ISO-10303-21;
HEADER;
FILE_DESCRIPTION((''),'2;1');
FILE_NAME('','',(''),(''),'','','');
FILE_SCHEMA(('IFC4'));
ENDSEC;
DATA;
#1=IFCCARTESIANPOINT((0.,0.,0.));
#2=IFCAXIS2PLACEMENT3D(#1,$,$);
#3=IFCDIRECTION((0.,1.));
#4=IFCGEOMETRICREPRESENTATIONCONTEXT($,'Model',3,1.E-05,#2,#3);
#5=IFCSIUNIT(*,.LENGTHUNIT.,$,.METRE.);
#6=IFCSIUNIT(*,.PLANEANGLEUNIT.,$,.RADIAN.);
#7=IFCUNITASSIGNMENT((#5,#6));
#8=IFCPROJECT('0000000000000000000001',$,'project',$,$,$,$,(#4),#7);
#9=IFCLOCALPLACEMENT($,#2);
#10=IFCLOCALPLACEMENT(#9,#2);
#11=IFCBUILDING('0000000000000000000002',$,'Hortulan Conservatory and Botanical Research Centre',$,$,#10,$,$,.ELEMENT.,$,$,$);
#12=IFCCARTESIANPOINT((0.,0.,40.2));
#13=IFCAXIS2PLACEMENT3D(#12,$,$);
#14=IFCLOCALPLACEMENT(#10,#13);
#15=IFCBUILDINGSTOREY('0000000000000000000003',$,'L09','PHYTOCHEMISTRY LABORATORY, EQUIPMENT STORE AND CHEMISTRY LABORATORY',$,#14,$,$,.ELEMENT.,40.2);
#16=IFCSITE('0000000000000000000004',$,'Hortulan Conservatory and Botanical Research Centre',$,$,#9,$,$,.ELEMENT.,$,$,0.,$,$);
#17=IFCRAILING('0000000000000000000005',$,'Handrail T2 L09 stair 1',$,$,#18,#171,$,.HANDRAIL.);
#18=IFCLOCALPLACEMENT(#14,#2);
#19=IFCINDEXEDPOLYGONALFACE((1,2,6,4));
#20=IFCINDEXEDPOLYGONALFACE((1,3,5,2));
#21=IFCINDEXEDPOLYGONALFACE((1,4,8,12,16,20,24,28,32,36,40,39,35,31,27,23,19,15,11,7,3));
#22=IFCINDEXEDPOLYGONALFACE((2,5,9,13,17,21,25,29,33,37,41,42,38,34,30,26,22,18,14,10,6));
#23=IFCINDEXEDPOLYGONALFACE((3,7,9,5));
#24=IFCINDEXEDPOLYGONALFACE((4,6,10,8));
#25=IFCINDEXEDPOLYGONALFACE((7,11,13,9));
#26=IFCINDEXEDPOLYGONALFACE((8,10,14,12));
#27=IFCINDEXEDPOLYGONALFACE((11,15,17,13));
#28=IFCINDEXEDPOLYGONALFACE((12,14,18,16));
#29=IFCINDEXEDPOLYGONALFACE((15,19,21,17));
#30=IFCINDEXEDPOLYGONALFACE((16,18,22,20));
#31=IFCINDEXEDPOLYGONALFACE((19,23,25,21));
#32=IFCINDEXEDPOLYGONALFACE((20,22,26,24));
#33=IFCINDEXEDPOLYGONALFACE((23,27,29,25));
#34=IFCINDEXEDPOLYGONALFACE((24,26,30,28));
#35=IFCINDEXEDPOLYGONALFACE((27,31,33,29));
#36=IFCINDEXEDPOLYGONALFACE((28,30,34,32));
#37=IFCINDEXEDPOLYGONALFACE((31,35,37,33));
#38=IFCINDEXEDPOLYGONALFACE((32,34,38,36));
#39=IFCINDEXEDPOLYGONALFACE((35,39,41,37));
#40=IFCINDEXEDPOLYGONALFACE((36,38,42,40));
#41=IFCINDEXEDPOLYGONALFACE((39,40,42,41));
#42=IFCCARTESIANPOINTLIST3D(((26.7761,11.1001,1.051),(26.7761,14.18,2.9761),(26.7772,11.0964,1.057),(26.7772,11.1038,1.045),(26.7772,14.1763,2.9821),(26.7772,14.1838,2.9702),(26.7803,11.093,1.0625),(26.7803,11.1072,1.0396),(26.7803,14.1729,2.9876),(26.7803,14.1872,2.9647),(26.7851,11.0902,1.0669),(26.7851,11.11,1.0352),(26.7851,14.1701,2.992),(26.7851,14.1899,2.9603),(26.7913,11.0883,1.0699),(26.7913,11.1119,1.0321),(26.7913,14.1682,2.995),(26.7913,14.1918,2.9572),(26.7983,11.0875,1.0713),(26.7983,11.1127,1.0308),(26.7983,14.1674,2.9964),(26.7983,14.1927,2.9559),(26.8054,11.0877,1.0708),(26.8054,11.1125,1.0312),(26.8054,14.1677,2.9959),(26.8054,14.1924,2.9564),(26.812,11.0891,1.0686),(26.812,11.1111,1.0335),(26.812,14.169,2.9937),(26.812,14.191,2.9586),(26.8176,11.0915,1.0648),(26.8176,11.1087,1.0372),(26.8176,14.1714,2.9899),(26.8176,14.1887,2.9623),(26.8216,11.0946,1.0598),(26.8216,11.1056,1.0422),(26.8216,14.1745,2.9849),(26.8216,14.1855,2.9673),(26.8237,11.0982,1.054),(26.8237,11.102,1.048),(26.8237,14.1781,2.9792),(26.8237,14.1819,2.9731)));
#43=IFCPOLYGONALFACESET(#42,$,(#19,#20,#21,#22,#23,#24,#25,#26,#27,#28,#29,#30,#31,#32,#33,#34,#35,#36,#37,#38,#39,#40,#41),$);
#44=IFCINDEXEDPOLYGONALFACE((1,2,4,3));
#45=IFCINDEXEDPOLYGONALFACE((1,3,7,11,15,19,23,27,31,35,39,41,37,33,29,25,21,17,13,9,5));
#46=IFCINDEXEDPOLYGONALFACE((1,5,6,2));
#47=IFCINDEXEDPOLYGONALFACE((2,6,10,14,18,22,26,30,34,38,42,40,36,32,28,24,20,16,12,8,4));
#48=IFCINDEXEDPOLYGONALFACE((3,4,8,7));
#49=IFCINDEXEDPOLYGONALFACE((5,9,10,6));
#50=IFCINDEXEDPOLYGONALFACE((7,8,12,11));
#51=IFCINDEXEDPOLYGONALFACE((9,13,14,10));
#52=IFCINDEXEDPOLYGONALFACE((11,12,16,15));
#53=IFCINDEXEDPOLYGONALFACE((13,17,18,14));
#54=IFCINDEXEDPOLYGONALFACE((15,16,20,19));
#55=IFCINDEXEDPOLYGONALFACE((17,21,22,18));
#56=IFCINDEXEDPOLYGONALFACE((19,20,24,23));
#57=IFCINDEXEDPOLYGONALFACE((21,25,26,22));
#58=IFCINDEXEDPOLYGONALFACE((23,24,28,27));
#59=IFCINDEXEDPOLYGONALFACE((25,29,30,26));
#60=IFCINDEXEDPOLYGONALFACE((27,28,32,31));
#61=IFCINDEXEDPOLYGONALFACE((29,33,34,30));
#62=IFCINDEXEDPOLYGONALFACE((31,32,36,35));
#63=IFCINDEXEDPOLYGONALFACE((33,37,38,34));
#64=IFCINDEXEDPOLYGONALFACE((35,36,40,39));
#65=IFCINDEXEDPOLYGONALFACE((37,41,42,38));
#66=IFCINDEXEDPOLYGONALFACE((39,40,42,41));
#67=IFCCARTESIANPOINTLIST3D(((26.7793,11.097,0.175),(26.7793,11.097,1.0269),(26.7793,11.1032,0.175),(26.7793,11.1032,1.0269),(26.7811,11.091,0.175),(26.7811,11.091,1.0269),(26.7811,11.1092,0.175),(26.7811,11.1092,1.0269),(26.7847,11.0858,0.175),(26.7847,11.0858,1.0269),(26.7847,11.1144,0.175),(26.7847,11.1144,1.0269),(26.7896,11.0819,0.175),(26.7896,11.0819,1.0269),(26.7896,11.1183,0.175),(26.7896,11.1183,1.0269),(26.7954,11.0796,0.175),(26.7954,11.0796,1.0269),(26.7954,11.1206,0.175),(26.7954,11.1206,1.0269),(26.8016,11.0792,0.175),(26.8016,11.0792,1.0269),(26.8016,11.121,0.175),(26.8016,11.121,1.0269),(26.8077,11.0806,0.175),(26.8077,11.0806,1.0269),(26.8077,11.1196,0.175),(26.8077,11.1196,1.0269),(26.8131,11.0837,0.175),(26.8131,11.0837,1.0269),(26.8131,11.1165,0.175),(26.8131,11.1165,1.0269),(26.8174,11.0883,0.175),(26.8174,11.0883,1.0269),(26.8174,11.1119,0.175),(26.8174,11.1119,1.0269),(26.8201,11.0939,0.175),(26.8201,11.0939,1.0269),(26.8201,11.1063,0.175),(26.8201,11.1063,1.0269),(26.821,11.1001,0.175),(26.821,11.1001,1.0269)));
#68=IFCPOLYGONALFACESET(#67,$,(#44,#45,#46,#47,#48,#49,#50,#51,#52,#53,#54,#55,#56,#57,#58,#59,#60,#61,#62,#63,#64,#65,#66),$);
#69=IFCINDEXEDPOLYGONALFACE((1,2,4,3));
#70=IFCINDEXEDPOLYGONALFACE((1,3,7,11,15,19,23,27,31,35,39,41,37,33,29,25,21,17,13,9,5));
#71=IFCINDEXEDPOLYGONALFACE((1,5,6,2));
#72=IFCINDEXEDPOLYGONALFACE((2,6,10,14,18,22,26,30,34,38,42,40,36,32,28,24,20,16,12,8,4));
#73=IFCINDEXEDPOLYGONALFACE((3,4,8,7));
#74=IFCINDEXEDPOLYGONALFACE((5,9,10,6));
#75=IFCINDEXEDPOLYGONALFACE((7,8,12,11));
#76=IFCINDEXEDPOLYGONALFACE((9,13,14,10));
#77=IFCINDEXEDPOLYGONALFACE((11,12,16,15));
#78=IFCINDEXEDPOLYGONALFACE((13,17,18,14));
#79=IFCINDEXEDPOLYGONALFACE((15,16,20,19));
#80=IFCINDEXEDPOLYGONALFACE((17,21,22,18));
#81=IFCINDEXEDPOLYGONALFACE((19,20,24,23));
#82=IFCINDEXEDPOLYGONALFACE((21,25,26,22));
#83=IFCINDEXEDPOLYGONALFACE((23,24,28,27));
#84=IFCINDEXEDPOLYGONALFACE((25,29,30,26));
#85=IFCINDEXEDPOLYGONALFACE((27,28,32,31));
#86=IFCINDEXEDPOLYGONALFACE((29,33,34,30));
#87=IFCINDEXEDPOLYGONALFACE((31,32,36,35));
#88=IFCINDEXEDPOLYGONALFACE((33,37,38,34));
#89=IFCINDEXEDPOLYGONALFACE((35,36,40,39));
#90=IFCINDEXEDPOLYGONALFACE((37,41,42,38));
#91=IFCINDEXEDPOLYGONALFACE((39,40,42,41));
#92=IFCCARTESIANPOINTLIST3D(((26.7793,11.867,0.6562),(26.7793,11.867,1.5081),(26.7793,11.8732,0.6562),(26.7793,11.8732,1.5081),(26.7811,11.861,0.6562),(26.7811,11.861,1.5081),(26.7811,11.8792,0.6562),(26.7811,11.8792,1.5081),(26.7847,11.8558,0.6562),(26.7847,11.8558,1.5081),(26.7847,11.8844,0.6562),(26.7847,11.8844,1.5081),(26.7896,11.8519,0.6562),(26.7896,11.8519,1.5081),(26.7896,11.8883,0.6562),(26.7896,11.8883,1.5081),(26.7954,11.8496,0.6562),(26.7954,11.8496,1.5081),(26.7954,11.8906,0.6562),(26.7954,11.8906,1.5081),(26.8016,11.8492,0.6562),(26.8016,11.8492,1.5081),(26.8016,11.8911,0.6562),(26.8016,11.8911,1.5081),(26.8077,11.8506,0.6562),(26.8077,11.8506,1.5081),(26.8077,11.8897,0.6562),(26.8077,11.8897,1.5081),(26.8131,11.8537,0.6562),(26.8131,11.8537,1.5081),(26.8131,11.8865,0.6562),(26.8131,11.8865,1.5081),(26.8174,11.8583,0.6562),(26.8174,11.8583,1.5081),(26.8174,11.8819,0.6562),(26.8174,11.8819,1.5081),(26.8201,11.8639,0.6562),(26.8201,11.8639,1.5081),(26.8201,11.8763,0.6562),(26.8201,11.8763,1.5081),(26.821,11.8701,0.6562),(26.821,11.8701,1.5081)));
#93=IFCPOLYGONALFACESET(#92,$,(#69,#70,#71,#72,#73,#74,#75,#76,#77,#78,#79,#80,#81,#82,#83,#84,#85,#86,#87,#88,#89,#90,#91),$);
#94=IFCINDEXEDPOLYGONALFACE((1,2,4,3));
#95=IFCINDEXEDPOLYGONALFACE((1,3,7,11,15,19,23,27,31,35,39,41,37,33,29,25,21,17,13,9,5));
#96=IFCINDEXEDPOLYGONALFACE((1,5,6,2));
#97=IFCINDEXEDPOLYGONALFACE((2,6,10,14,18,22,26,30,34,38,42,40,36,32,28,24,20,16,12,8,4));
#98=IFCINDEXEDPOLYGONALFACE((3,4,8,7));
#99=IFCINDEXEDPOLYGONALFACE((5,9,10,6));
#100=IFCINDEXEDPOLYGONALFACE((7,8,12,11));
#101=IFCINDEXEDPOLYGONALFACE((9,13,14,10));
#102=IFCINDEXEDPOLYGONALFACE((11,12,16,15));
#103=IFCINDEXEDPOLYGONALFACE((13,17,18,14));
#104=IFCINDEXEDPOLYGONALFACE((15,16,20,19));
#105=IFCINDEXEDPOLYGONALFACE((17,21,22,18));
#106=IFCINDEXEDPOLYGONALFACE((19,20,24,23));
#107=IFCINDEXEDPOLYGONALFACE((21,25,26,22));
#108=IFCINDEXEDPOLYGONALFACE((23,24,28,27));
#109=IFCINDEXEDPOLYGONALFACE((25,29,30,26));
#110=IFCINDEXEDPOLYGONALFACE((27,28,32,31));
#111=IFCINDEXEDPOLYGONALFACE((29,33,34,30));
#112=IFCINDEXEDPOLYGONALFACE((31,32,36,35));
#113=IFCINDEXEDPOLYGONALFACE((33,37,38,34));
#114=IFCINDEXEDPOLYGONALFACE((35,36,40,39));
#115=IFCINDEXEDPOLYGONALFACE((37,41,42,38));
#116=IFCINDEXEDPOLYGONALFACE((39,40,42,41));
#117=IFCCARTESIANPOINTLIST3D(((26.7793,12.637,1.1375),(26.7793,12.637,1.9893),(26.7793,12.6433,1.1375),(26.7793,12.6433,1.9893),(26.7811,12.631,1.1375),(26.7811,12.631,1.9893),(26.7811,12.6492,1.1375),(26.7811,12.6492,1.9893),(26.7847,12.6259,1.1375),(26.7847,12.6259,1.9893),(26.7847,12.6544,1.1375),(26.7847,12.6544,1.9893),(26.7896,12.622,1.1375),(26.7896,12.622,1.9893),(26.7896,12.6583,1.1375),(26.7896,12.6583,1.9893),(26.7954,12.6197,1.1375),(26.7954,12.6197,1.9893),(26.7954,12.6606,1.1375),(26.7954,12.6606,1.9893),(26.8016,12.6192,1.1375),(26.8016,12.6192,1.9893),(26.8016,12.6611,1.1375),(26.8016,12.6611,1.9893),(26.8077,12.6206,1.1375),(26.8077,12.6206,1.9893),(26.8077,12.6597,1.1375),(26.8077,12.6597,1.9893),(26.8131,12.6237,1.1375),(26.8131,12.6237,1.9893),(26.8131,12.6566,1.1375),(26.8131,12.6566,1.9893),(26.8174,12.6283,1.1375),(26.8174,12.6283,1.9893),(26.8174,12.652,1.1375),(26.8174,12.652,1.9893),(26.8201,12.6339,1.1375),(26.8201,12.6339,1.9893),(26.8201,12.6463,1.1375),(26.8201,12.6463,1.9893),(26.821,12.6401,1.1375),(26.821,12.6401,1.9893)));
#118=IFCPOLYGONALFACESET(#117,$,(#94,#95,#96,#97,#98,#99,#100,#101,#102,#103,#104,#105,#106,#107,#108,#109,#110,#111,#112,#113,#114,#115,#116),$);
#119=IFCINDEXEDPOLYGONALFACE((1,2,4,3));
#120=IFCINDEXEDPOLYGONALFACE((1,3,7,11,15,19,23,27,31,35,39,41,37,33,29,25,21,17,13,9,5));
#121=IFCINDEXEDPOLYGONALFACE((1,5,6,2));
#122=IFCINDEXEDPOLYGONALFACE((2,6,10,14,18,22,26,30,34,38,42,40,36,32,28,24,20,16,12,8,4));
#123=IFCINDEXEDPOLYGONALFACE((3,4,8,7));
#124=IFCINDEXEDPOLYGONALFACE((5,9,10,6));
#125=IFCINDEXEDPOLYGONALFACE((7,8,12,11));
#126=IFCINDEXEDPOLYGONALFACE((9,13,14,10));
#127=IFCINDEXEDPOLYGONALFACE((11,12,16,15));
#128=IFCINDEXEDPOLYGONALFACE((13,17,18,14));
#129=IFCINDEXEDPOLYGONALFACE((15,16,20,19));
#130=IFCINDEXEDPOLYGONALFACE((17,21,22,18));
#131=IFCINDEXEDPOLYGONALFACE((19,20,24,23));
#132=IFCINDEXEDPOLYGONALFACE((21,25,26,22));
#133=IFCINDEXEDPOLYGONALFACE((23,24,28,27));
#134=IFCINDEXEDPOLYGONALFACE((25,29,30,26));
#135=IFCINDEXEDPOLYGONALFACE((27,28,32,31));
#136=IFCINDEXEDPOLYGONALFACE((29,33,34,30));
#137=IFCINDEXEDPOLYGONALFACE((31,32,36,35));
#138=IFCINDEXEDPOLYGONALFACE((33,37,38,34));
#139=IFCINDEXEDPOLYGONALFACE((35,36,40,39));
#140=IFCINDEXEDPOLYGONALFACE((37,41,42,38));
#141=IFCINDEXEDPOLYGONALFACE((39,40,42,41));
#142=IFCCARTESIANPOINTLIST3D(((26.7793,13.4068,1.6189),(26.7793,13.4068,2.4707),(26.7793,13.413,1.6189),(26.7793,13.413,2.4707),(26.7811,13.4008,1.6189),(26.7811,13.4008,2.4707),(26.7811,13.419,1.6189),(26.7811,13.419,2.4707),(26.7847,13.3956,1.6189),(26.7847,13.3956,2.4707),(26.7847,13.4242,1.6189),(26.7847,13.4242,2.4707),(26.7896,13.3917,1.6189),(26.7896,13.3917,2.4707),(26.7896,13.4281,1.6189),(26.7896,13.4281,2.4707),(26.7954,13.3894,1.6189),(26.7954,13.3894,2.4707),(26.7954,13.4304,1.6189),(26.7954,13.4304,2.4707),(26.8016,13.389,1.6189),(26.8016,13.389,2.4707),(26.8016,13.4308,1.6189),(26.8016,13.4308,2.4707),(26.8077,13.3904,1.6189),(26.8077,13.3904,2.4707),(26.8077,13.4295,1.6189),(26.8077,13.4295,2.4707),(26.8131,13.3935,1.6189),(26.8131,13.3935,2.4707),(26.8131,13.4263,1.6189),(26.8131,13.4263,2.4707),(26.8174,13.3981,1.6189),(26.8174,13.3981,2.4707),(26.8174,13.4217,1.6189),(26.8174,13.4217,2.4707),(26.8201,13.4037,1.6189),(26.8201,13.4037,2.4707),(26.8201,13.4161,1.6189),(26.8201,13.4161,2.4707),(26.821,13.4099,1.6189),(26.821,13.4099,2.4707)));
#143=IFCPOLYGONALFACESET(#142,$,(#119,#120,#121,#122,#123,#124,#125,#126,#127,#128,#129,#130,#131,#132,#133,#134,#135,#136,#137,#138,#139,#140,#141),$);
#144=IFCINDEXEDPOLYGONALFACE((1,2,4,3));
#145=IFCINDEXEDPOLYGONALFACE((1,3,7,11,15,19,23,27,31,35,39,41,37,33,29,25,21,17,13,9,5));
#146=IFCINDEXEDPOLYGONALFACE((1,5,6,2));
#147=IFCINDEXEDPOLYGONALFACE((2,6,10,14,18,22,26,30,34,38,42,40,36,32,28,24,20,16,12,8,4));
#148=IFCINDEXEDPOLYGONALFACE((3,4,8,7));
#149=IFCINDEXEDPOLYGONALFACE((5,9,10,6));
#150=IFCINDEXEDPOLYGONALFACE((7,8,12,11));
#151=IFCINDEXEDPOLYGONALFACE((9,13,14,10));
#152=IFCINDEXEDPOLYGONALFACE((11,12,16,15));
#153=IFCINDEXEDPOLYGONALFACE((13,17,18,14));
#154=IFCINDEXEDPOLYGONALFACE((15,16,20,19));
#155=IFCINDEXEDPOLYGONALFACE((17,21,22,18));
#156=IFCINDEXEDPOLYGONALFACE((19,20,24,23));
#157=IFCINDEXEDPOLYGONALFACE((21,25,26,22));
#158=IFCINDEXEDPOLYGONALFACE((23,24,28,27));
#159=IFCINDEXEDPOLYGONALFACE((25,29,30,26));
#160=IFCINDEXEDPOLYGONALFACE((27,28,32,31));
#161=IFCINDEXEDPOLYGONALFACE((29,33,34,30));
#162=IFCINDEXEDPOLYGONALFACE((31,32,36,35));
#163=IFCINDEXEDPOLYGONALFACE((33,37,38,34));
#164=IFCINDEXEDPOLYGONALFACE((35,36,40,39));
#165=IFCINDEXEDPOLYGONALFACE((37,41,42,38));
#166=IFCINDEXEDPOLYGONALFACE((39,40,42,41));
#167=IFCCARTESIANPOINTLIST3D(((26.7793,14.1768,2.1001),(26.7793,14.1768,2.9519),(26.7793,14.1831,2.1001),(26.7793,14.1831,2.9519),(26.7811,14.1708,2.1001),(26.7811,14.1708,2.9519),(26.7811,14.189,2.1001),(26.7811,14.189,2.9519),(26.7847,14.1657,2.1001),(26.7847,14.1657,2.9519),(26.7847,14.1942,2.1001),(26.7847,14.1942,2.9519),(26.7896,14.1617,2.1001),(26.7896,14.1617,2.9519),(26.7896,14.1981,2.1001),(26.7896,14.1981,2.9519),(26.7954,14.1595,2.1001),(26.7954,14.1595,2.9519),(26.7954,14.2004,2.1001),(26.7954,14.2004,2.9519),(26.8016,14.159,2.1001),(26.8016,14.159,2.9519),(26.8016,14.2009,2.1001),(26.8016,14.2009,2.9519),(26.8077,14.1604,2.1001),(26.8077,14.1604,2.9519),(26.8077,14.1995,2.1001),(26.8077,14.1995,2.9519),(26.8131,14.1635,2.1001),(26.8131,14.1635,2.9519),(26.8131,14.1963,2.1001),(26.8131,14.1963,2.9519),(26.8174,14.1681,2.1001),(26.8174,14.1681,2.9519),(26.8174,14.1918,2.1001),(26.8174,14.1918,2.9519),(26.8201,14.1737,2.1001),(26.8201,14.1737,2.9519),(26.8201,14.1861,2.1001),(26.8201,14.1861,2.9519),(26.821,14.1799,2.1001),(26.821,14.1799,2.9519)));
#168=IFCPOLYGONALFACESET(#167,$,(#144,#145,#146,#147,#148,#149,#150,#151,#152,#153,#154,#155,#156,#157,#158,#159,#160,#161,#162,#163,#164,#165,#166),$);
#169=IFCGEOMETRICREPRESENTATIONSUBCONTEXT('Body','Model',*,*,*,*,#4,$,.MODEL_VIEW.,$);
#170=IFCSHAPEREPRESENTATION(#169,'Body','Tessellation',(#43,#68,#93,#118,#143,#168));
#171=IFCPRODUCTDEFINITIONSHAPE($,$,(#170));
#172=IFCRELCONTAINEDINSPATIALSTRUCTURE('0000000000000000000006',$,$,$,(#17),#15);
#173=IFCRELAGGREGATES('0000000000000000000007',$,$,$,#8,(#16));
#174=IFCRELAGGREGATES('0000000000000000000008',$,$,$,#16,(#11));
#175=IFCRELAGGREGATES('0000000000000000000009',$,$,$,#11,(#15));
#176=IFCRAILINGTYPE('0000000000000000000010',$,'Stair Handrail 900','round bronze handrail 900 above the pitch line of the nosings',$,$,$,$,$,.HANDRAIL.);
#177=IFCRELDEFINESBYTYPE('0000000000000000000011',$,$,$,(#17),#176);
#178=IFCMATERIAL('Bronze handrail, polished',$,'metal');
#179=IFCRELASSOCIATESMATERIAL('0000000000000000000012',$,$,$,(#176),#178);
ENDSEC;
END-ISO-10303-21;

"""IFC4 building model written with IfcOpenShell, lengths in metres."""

from ifc_helpers import new_model, si_unit, direction, frame, origin, origin_2d, place, context, subcontext, project, spatial, circle, extrude, material, type_object, element, save


model = new_model("IFC4")

# Units and contexts
model_context = context("Model", 3, precision=1e-05, world=origin(), true_north=direction((0.0, 1.0)))
body_context = subcontext(model_context, "Body", "Model", "MODEL_VIEW")
ifc_project = project(units=[si_unit("LENGTHUNIT", "METRE"), si_unit("PLANEANGLEUNIT", "RADIAN")], contexts=[model_context])

# Site, building, storey
site_placement = place(None, origin())
site = spatial("IfcSite", under=ifc_project, at=site_placement, Name="Hortulan Conservatory and Botanical Research Centre", CompositionType="ELEMENT", RefElevation=0.0)
building_placement = place(site_placement, origin())
building = spatial("IfcBuilding", under=site, at=building_placement, Name="Hortulan Conservatory and Botanical Research Centre", CompositionType="ELEMENT")
storey_placement = place(building_placement, frame((0.0, 0.0, 40.2)))
storey = spatial("IfcBuildingStorey", under=building, at=storey_placement, Name="L09", Description="PHYTOCHEMISTRY LABORATORY, EQUIPMENT STORE AND CHEMISTRY LABORATORY", CompositionType="ELEMENT", Elevation=40.2)

# Railing
ifc_material_1 = material(Name="Bronze handrail, polished", Category="metal")
railing_type_1 = type_object("IfcRailingType", Name="Stair Handrail 900", Description="round bronze handrail 900 above the pitch line of the nosings", PredefinedType="HANDRAIL", material=ifc_material_1)
railing_1_placement = place(storey_placement, frame((26.8, 11.1001, 0.175)))
element("IfcRailing", 1, at=railing_1_placement, inside=storey, type_object=railing_type_1, Name="Handrail T2 L09 stair 1", PredefinedType="HANDRAIL", context=body_context, shape_type="SweptSolid", body=[
    extrude(circle(Radius=0.0239, at=origin_2d()), frame((0.0, 0.0, 0.876), z_axis=(0.0, 0.847979, 0.530029), x_axis=(-1.0, 0.0, 0.0)), (0.0, 0.0, 1.0), 3.6321),
    extrude(circle(Radius=0.021, at=origin_2d()), origin(), (0.0, 0.0, 1.0), 0.8518),
    extrude(circle(Radius=0.021, at=origin_2d()), frame((0.0, 0.77, 0.4812)), (0.0, 0.0, 1.0), 0.8518),
    extrude(circle(Radius=0.021, at=origin_2d()), frame((0.0, 1.54, 0.9624)), (0.0, 0.0, 1.0), 0.8518),
    extrude(circle(Radius=0.021, at=origin_2d()), frame((0.0, 2.3098, 1.4438)), (0.0, 0.0, 1.0), 0.8518),
    extrude(circle(Radius=0.021, at=origin_2d()), frame((0.0, 3.0798, 1.925)), (0.0, 0.0, 1.0), 0.8518),
])

save(model, "model.ifc")
